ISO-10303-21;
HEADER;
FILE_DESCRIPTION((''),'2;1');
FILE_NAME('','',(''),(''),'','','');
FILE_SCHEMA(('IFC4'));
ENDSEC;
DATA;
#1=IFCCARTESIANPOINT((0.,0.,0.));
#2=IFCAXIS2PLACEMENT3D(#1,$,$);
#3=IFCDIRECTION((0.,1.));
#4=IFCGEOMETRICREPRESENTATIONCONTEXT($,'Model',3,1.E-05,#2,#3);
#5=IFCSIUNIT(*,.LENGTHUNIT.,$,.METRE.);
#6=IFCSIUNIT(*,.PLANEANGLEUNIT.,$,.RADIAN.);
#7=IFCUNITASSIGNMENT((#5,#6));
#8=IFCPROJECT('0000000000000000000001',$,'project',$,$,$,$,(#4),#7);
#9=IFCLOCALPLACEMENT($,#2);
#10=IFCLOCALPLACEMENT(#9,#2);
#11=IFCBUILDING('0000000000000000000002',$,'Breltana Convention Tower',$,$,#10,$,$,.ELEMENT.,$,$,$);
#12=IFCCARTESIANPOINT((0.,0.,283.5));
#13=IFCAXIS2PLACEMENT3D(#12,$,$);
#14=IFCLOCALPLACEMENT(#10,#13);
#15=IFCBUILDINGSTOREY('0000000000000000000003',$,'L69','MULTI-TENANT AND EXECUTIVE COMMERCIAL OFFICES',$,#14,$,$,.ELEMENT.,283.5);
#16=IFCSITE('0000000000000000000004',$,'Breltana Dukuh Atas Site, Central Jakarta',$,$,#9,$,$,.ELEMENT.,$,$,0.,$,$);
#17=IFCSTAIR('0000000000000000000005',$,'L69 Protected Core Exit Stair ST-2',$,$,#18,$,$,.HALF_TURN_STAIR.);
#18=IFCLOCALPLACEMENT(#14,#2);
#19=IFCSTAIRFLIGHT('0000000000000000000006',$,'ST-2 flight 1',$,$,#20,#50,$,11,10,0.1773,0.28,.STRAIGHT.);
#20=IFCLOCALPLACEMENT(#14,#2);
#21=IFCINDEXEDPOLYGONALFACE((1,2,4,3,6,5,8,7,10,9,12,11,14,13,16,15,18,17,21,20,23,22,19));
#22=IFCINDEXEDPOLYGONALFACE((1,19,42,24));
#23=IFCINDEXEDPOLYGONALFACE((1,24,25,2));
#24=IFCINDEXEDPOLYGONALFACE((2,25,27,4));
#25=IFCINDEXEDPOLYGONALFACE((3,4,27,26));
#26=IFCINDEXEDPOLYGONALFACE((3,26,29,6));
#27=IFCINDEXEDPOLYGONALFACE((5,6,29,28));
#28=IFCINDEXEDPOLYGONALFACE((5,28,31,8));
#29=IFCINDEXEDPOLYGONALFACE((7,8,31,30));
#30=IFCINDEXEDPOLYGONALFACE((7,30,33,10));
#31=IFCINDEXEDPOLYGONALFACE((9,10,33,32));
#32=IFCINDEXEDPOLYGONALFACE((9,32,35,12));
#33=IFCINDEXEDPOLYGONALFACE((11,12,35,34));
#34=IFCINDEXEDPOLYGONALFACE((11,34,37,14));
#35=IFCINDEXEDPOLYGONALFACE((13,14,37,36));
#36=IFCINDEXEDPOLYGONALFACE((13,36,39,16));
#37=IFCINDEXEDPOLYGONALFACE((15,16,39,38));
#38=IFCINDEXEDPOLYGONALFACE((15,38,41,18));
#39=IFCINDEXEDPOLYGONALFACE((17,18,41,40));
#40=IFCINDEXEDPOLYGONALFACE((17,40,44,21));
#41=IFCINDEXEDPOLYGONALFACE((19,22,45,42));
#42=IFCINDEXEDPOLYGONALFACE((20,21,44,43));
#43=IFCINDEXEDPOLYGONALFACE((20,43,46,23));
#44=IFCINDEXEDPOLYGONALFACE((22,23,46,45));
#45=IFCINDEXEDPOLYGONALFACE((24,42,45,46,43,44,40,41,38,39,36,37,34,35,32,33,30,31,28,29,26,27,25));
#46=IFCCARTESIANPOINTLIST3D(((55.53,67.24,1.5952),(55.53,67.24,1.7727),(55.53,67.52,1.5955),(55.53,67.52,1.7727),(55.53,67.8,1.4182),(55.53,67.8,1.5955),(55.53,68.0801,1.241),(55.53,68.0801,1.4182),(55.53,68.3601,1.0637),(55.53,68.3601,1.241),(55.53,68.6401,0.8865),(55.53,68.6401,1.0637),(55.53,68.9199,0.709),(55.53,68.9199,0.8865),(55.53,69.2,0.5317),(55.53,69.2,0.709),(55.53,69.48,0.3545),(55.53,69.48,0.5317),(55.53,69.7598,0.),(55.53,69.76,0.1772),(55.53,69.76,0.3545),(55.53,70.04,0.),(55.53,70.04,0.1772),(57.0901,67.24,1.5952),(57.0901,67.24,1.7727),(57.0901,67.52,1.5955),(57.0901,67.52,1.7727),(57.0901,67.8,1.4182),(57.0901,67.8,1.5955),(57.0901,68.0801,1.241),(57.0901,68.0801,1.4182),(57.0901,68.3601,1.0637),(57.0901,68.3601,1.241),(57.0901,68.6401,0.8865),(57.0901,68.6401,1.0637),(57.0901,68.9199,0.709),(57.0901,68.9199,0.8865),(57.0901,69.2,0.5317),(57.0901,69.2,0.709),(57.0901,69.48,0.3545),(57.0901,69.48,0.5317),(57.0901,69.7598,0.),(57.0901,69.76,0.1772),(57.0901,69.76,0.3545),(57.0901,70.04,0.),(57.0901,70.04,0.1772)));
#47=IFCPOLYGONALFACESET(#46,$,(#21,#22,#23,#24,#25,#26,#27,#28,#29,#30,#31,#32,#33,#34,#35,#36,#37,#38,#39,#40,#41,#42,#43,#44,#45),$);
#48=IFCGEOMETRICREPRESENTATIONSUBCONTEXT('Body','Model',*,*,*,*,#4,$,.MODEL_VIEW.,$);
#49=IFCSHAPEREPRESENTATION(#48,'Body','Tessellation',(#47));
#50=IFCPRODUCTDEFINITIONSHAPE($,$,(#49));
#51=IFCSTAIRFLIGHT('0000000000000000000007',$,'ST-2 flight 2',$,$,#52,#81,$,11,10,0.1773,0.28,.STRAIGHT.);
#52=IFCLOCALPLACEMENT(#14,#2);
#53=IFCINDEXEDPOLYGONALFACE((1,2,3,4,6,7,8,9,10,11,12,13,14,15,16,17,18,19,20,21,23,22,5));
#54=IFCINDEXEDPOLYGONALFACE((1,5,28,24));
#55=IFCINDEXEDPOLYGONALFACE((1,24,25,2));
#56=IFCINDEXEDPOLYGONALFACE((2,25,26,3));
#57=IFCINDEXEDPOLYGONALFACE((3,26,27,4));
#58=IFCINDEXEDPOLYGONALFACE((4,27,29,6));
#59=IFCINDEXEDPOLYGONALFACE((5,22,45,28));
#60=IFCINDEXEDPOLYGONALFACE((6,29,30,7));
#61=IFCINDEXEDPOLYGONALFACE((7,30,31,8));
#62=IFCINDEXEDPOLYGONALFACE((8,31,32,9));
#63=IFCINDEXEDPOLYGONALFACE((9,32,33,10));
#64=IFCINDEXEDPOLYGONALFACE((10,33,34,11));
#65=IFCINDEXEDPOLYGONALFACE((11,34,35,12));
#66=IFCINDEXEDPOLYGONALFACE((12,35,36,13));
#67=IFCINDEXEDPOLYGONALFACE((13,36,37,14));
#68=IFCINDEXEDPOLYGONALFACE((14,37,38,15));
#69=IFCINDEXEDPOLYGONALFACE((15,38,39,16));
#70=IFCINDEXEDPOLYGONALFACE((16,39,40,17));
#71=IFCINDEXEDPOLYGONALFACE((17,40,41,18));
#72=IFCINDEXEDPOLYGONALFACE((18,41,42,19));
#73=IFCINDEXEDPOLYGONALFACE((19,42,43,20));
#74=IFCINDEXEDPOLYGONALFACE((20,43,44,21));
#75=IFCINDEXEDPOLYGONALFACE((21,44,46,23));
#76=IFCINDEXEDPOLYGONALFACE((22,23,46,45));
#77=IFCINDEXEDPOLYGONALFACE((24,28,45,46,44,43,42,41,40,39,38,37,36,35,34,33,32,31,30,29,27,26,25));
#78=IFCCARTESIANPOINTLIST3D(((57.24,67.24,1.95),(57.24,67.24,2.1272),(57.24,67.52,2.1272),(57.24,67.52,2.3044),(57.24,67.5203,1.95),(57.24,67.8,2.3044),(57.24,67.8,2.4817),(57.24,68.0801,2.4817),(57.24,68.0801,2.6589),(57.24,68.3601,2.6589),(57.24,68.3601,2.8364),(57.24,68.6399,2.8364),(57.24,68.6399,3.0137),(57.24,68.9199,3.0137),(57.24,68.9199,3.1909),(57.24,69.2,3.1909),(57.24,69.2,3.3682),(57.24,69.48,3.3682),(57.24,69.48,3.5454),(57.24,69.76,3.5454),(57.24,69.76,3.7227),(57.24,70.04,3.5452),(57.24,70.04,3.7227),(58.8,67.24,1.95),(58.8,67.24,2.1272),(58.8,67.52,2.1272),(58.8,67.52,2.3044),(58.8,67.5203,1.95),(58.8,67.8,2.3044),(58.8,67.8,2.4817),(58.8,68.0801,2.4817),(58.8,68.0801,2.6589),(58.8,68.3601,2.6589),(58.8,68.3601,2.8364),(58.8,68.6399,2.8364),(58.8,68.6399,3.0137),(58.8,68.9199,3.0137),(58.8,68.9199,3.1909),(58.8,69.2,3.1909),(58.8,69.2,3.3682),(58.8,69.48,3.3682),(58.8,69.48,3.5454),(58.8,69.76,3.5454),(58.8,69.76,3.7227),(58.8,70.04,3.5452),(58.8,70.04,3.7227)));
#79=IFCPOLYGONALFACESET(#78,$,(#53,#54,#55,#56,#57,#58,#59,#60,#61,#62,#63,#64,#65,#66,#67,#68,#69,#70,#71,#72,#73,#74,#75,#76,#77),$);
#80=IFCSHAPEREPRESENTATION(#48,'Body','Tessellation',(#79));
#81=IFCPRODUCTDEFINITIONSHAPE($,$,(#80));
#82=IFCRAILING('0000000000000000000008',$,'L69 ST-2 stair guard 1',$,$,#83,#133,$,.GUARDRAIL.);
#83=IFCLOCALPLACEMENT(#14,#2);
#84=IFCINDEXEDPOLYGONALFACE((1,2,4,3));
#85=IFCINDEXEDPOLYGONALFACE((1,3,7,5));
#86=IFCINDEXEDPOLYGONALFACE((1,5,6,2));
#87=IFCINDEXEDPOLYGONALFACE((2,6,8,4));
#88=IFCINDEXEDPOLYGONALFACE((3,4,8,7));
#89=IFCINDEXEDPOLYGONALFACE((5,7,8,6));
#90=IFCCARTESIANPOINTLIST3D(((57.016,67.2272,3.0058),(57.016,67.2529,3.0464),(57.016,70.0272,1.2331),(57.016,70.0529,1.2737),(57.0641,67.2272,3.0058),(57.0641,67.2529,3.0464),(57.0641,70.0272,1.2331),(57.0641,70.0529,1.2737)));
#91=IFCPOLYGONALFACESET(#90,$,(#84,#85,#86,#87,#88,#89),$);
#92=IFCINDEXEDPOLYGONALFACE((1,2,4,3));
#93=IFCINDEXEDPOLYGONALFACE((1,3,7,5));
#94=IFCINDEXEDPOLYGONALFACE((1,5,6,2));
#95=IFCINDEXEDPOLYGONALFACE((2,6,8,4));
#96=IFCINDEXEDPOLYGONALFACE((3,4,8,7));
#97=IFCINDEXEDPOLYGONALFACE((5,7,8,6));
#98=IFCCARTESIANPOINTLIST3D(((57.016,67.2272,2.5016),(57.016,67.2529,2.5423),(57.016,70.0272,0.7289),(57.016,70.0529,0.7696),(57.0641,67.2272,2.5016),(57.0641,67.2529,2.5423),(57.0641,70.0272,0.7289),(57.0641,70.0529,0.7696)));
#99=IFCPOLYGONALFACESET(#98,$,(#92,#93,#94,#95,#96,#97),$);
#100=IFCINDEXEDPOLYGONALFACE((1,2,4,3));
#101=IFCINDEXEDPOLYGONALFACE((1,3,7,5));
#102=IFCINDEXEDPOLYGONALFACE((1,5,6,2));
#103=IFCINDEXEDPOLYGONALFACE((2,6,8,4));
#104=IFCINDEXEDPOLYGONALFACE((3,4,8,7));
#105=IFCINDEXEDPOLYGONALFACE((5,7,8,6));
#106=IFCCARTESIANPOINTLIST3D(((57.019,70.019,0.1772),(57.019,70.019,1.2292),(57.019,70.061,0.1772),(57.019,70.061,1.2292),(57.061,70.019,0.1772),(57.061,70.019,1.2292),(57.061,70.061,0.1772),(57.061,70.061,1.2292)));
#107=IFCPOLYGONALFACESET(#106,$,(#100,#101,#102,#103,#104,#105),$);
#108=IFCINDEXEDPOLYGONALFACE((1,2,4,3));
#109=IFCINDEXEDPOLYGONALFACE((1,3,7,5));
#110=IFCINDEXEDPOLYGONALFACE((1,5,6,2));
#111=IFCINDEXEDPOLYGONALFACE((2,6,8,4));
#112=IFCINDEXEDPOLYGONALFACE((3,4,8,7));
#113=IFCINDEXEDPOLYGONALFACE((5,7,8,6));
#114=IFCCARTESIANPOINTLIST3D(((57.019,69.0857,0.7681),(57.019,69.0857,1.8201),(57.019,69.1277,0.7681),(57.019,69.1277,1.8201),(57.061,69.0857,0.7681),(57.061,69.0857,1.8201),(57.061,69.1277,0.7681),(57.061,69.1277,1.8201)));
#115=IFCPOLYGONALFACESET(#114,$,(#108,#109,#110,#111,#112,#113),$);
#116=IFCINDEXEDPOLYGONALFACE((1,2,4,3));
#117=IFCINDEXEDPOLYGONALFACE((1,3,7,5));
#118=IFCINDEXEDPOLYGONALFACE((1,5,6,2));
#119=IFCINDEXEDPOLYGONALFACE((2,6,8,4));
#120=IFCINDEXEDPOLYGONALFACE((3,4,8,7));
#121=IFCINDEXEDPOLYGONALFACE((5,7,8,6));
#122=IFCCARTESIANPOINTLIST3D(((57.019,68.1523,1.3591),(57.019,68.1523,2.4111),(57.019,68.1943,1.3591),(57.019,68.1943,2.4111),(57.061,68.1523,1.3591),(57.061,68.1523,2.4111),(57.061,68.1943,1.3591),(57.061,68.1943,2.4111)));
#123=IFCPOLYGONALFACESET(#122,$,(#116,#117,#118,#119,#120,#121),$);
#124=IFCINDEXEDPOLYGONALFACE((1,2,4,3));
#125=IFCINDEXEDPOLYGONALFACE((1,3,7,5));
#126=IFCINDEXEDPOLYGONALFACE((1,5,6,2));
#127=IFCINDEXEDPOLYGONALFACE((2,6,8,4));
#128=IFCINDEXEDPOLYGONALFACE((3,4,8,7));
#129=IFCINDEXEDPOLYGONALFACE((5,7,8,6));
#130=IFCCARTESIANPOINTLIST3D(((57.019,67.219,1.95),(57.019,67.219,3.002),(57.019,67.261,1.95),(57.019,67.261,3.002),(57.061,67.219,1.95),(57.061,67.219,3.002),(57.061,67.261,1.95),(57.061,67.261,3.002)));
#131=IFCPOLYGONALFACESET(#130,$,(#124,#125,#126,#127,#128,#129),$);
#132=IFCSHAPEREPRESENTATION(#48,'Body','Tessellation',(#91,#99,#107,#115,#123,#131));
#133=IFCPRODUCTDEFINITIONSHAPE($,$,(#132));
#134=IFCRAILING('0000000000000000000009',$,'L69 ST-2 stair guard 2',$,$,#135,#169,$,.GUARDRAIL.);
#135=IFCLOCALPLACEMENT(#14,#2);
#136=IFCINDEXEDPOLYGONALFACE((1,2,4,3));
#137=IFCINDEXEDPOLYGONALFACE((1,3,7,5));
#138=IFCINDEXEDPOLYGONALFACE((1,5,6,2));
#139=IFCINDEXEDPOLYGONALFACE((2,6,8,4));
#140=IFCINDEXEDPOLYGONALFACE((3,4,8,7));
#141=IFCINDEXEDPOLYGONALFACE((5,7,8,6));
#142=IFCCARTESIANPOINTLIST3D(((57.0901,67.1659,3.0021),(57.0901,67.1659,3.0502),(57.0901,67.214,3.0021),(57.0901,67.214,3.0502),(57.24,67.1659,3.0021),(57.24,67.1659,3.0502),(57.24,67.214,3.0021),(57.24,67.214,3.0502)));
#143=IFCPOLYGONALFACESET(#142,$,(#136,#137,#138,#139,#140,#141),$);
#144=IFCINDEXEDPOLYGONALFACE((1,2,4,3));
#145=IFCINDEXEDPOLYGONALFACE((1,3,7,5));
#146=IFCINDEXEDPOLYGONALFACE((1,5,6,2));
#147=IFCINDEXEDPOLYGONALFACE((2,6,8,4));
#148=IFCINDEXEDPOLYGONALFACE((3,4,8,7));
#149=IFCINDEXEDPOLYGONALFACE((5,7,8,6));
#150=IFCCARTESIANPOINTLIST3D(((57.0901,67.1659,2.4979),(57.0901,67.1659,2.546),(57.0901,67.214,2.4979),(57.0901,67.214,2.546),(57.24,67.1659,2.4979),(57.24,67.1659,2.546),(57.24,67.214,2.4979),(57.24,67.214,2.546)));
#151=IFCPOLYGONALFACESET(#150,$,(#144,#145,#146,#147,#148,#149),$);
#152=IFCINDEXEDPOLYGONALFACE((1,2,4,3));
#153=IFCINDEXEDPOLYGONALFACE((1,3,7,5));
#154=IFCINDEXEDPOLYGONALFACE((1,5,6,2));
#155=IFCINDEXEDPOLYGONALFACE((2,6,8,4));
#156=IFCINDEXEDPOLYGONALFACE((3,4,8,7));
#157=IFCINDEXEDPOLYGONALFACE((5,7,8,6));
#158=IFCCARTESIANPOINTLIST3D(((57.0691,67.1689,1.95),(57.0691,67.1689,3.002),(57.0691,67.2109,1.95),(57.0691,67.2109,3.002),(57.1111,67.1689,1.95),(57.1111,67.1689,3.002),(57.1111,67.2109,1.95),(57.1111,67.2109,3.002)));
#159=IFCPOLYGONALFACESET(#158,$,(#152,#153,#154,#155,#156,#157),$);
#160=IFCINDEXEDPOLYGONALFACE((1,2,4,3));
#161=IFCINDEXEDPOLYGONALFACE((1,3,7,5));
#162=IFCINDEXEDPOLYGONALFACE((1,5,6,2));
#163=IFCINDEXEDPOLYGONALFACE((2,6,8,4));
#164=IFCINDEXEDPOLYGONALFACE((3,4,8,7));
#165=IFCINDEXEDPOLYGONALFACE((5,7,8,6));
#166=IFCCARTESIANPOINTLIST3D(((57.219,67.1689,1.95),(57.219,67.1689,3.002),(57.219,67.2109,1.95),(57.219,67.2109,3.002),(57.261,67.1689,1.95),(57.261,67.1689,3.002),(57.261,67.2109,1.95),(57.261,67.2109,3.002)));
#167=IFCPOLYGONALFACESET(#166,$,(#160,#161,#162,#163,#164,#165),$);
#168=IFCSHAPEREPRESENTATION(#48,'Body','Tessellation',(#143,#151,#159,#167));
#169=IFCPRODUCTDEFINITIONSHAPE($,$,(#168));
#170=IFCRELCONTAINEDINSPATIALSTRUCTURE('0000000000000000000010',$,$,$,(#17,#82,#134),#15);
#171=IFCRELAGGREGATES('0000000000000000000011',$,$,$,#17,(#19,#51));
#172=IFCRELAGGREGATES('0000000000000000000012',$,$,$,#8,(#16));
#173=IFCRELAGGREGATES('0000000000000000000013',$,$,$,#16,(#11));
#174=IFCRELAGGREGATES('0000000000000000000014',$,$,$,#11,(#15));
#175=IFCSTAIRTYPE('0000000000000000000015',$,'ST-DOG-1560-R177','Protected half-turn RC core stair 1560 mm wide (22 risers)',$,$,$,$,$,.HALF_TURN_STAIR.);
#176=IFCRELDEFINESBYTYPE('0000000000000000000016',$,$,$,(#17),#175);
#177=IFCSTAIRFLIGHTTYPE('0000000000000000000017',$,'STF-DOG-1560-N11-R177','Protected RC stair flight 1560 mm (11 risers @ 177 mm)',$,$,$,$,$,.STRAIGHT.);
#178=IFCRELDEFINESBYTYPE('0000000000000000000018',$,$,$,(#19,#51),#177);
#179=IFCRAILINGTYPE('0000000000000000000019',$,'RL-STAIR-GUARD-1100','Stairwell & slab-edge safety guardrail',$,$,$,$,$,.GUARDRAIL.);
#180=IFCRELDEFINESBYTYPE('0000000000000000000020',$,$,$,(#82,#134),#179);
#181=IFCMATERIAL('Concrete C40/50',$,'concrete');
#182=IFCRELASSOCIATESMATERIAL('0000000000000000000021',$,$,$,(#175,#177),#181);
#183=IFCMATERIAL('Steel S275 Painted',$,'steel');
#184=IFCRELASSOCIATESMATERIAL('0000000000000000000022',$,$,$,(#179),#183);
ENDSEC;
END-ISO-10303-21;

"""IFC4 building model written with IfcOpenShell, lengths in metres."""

from ifc_helpers import new_model, si_unit, direction, frame, origin, origin_2d, place, context, subcontext, project, spatial, polyline, rectangle, outline, extrude, material, type_object, element, aggregate, save


model = new_model("IFC4")

# Units and contexts
model_context = context("Model", 3, precision=1e-05, world=origin(), true_north=direction((0.0, 1.0)))
body_context = subcontext(model_context, "Body", "Model", "MODEL_VIEW")
ifc_project = project(units=[si_unit("LENGTHUNIT", "METRE"), si_unit("PLANEANGLEUNIT", "RADIAN")], contexts=[model_context])

# Site, building, storey
site_placement = place(None, origin())
site = spatial("IfcSite", under=ifc_project, at=site_placement, Name="Breltana Dukuh Atas Site, Central Jakarta", CompositionType="ELEMENT", RefElevation=0.0)
building_placement = place(site_placement, origin())
building = spatial("IfcBuilding", under=site, at=building_placement, Name="Breltana Convention Tower", CompositionType="ELEMENT")
storey_placement = place(building_placement, frame((0.0, 0.0, 283.5)))
storey = spatial("IfcBuildingStorey", under=building, at=storey_placement, Name="L69", Description="MULTI-TENANT AND EXECUTIVE COMMERCIAL OFFICES", CompositionType="ELEMENT", Elevation=283.5)

# Stair, stair flights
ifc_material_1 = material(Name="Concrete C40/50", Category="concrete")
stair_type = type_object("IfcStairType", Name="ST-DOG-1560-R177", Description="Protected half-turn RC core stair 1560 mm wide (22 risers)", PredefinedType="HALF_TURN_STAIR", material=ifc_material_1)
stair_placement = place(storey_placement, origin())
stair = element("IfcStair", 1, at=stair_placement, inside=storey, type_object=stair_type, Name="L69 Protected Core Exit Stair ST-2", PredefinedType="HALF_TURN_STAIR")
stair_flight_type = type_object("IfcStairFlightType", Name="STF-DOG-1560-N11-R177", Description="Protected RC stair flight 1560 mm (11 risers @ 177 mm)", PredefinedType="STRAIGHT", material=ifc_material_1)
stair_flight_1_placement = place(storey_placement, frame((56.3101, 70.04, 0.0), z_axis=(0.0, 0.0, 1.0), x_axis=(0.0, -1.0, 0.0)))
stair_flight_1 = element("IfcStairFlight", 2, at=stair_flight_1_placement, type_object=stair_flight_type, Name="ST-2 flight 1", NumberOfRisers=11, NumberOfTreads=10, PredefinedType="STRAIGHT", RiserHeight=0.1773, TreadLength=0.28, context=body_context, shape_type="SweptSolid", body=[
    extrude(outline(polyline([(0.0, 0.0), (0.0, 0.1772), (0.28, 0.1772), (0.28, 0.3545), (0.5601, 0.3545), (0.5601, 0.5317), (0.8401, 0.5317), (0.8401, 0.709), (1.1201, 0.709), (1.1201, 0.8865), (1.3999, 0.8865), (1.3999, 1.0637), (1.6799, 1.0637), (1.6799, 1.241), (1.96, 1.241), (1.96, 1.4182), (2.24, 1.4182), (2.24, 1.5955), (2.52, 1.5955), (2.52, 1.7727), (2.8, 1.7727), (2.8, 1.95), (2.8, 1.5952), (0.2803, 0.0), (0.0, 0.0)])), frame((0.0, 0.78, 0.0), z_axis=(0.0, -1.0, 0.0), x_axis=(1.0, 0.0, 0.0)), (0.0, 0.0, 1.0), 1.5601),
])
stair_flight_2_placement = place(storey_placement, frame((58.02, 67.24, 1.95), z_axis=(0.0, 0.0, 1.0), x_axis=(0.0, 1.0, 0.0)))
stair_flight_2 = element("IfcStairFlight", 3, at=stair_flight_2_placement, type_object=stair_flight_type, Name="ST-2 flight 2", NumberOfRisers=11, NumberOfTreads=10, PredefinedType="STRAIGHT", RiserHeight=0.1773, TreadLength=0.28, context=body_context, shape_type="SweptSolid", body=[
    extrude(outline(polyline([(0.0, 0.0), (0.0, 0.1772), (0.28, 0.1772), (0.28, 0.3545), (0.5601, 0.3545), (0.5601, 0.5317), (0.8401, 0.5317), (0.8401, 0.709), (1.1201, 0.709), (1.1201, 0.8865), (1.3999, 0.8865), (1.3999, 1.0637), (1.6799, 1.0637), (1.6799, 1.241), (1.96, 1.241), (1.96, 1.4182), (2.24, 1.4182), (2.24, 1.5955), (2.52, 1.5955), (2.52, 1.7727), (2.8, 1.7727), (2.8, 1.95), (2.8, 1.5952), (0.2803, 0.0), (0.0, 0.0)])), frame((0.0, 0.78, 0.0), z_axis=(0.0, -1.0, 0.0), x_axis=(1.0, 0.0, 0.0)), (0.0, 0.0, 1.0), 1.5601),
])
aggregate(stair, [stair_flight_1, stair_flight_2])

# Railings
ifc_material_2 = material(Name="Steel S275 Painted", Category="steel")
railing_type_1 = type_object("IfcRailingType", Name="RL-STAIR-GUARD-1100", Description="Stairwell & slab-edge safety guardrail", PredefinedType="GUARDRAIL", material=ifc_material_2)
railing_1_placement = place(storey_placement, frame((57.04, 70.04, 0.1772)))
element("IfcRailing", 4, at=railing_1_placement, inside=storey, type_object=railing_type_1, Name="L69 ST-2 stair guard 1", PredefinedType="GUARDRAIL", context=body_context, shape_type="SweptSolid", body=[
    extrude(rectangle(XDim=0.0481, YDim=0.0481, at=origin_2d()), frame((0.0, 0.0, 1.0762), z_axis=(0.0, -0.844909, 0.53491), x_axis=(1.0, 0.0, 0.0)), (0.0, 0.0, 1.0), 3.314),
    extrude(rectangle(XDim=0.0481, YDim=0.0481, at=origin_2d()), frame((0.0, 0.0, 0.572), z_axis=(0.0, -0.844909, 0.53491), x_axis=(1.0, 0.0, 0.0)), (0.0, 0.0, 1.0), 3.314),
    extrude(rectangle(XDim=0.042, YDim=0.042, at=origin_2d()), origin(), (0.0, 0.0, 1.0), 1.052),
    extrude(rectangle(XDim=0.042, YDim=0.042, at=origin_2d()), frame((0.0, -0.9333, 0.5908)), (0.0, 0.0, 1.0), 1.052),
    extrude(rectangle(XDim=0.042, YDim=0.042, at=origin_2d()), frame((0.0, -1.8667, 1.1819)), (0.0, 0.0, 1.0), 1.052),
    extrude(rectangle(XDim=0.042, YDim=0.042, at=origin_2d()), frame((0.0, -2.8, 1.7727)), (0.0, 0.0, 1.0), 1.052),
])
railing_2_placement = place(storey_placement, frame((57.0901, 67.1899, 1.95)))
element("IfcRailing", 5, at=railing_2_placement, inside=storey, type_object=railing_type_1, Name="L69 ST-2 stair guard 2", PredefinedType="GUARDRAIL", context=body_context, shape_type="SweptSolid", body=[
    extrude(rectangle(XDim=0.0481, YDim=0.0481, at=origin_2d()), frame((0.0, 0.0, 1.0762), z_axis=(1.0, 0.0, 0.0), x_axis=(0.0, 1.0, 0.0)), (0.0, 0.0, 1.0), 0.1499),
    extrude(rectangle(XDim=0.0481, YDim=0.0481, at=origin_2d()), frame((0.0, 0.0, 0.572), z_axis=(1.0, 0.0, 0.0), x_axis=(0.0, 1.0, 0.0)), (0.0, 0.0, 1.0), 0.1499),
    extrude(rectangle(XDim=0.042, YDim=0.042, at=origin_2d()), origin(), (0.0, 0.0, 1.0), 1.052),
    extrude(rectangle(XDim=0.042, YDim=0.042, at=origin_2d()), frame((0.1499, 0.0, 0.0)), (0.0, 0.0, 1.0), 1.052),
])

save(model, "model.ifc")
